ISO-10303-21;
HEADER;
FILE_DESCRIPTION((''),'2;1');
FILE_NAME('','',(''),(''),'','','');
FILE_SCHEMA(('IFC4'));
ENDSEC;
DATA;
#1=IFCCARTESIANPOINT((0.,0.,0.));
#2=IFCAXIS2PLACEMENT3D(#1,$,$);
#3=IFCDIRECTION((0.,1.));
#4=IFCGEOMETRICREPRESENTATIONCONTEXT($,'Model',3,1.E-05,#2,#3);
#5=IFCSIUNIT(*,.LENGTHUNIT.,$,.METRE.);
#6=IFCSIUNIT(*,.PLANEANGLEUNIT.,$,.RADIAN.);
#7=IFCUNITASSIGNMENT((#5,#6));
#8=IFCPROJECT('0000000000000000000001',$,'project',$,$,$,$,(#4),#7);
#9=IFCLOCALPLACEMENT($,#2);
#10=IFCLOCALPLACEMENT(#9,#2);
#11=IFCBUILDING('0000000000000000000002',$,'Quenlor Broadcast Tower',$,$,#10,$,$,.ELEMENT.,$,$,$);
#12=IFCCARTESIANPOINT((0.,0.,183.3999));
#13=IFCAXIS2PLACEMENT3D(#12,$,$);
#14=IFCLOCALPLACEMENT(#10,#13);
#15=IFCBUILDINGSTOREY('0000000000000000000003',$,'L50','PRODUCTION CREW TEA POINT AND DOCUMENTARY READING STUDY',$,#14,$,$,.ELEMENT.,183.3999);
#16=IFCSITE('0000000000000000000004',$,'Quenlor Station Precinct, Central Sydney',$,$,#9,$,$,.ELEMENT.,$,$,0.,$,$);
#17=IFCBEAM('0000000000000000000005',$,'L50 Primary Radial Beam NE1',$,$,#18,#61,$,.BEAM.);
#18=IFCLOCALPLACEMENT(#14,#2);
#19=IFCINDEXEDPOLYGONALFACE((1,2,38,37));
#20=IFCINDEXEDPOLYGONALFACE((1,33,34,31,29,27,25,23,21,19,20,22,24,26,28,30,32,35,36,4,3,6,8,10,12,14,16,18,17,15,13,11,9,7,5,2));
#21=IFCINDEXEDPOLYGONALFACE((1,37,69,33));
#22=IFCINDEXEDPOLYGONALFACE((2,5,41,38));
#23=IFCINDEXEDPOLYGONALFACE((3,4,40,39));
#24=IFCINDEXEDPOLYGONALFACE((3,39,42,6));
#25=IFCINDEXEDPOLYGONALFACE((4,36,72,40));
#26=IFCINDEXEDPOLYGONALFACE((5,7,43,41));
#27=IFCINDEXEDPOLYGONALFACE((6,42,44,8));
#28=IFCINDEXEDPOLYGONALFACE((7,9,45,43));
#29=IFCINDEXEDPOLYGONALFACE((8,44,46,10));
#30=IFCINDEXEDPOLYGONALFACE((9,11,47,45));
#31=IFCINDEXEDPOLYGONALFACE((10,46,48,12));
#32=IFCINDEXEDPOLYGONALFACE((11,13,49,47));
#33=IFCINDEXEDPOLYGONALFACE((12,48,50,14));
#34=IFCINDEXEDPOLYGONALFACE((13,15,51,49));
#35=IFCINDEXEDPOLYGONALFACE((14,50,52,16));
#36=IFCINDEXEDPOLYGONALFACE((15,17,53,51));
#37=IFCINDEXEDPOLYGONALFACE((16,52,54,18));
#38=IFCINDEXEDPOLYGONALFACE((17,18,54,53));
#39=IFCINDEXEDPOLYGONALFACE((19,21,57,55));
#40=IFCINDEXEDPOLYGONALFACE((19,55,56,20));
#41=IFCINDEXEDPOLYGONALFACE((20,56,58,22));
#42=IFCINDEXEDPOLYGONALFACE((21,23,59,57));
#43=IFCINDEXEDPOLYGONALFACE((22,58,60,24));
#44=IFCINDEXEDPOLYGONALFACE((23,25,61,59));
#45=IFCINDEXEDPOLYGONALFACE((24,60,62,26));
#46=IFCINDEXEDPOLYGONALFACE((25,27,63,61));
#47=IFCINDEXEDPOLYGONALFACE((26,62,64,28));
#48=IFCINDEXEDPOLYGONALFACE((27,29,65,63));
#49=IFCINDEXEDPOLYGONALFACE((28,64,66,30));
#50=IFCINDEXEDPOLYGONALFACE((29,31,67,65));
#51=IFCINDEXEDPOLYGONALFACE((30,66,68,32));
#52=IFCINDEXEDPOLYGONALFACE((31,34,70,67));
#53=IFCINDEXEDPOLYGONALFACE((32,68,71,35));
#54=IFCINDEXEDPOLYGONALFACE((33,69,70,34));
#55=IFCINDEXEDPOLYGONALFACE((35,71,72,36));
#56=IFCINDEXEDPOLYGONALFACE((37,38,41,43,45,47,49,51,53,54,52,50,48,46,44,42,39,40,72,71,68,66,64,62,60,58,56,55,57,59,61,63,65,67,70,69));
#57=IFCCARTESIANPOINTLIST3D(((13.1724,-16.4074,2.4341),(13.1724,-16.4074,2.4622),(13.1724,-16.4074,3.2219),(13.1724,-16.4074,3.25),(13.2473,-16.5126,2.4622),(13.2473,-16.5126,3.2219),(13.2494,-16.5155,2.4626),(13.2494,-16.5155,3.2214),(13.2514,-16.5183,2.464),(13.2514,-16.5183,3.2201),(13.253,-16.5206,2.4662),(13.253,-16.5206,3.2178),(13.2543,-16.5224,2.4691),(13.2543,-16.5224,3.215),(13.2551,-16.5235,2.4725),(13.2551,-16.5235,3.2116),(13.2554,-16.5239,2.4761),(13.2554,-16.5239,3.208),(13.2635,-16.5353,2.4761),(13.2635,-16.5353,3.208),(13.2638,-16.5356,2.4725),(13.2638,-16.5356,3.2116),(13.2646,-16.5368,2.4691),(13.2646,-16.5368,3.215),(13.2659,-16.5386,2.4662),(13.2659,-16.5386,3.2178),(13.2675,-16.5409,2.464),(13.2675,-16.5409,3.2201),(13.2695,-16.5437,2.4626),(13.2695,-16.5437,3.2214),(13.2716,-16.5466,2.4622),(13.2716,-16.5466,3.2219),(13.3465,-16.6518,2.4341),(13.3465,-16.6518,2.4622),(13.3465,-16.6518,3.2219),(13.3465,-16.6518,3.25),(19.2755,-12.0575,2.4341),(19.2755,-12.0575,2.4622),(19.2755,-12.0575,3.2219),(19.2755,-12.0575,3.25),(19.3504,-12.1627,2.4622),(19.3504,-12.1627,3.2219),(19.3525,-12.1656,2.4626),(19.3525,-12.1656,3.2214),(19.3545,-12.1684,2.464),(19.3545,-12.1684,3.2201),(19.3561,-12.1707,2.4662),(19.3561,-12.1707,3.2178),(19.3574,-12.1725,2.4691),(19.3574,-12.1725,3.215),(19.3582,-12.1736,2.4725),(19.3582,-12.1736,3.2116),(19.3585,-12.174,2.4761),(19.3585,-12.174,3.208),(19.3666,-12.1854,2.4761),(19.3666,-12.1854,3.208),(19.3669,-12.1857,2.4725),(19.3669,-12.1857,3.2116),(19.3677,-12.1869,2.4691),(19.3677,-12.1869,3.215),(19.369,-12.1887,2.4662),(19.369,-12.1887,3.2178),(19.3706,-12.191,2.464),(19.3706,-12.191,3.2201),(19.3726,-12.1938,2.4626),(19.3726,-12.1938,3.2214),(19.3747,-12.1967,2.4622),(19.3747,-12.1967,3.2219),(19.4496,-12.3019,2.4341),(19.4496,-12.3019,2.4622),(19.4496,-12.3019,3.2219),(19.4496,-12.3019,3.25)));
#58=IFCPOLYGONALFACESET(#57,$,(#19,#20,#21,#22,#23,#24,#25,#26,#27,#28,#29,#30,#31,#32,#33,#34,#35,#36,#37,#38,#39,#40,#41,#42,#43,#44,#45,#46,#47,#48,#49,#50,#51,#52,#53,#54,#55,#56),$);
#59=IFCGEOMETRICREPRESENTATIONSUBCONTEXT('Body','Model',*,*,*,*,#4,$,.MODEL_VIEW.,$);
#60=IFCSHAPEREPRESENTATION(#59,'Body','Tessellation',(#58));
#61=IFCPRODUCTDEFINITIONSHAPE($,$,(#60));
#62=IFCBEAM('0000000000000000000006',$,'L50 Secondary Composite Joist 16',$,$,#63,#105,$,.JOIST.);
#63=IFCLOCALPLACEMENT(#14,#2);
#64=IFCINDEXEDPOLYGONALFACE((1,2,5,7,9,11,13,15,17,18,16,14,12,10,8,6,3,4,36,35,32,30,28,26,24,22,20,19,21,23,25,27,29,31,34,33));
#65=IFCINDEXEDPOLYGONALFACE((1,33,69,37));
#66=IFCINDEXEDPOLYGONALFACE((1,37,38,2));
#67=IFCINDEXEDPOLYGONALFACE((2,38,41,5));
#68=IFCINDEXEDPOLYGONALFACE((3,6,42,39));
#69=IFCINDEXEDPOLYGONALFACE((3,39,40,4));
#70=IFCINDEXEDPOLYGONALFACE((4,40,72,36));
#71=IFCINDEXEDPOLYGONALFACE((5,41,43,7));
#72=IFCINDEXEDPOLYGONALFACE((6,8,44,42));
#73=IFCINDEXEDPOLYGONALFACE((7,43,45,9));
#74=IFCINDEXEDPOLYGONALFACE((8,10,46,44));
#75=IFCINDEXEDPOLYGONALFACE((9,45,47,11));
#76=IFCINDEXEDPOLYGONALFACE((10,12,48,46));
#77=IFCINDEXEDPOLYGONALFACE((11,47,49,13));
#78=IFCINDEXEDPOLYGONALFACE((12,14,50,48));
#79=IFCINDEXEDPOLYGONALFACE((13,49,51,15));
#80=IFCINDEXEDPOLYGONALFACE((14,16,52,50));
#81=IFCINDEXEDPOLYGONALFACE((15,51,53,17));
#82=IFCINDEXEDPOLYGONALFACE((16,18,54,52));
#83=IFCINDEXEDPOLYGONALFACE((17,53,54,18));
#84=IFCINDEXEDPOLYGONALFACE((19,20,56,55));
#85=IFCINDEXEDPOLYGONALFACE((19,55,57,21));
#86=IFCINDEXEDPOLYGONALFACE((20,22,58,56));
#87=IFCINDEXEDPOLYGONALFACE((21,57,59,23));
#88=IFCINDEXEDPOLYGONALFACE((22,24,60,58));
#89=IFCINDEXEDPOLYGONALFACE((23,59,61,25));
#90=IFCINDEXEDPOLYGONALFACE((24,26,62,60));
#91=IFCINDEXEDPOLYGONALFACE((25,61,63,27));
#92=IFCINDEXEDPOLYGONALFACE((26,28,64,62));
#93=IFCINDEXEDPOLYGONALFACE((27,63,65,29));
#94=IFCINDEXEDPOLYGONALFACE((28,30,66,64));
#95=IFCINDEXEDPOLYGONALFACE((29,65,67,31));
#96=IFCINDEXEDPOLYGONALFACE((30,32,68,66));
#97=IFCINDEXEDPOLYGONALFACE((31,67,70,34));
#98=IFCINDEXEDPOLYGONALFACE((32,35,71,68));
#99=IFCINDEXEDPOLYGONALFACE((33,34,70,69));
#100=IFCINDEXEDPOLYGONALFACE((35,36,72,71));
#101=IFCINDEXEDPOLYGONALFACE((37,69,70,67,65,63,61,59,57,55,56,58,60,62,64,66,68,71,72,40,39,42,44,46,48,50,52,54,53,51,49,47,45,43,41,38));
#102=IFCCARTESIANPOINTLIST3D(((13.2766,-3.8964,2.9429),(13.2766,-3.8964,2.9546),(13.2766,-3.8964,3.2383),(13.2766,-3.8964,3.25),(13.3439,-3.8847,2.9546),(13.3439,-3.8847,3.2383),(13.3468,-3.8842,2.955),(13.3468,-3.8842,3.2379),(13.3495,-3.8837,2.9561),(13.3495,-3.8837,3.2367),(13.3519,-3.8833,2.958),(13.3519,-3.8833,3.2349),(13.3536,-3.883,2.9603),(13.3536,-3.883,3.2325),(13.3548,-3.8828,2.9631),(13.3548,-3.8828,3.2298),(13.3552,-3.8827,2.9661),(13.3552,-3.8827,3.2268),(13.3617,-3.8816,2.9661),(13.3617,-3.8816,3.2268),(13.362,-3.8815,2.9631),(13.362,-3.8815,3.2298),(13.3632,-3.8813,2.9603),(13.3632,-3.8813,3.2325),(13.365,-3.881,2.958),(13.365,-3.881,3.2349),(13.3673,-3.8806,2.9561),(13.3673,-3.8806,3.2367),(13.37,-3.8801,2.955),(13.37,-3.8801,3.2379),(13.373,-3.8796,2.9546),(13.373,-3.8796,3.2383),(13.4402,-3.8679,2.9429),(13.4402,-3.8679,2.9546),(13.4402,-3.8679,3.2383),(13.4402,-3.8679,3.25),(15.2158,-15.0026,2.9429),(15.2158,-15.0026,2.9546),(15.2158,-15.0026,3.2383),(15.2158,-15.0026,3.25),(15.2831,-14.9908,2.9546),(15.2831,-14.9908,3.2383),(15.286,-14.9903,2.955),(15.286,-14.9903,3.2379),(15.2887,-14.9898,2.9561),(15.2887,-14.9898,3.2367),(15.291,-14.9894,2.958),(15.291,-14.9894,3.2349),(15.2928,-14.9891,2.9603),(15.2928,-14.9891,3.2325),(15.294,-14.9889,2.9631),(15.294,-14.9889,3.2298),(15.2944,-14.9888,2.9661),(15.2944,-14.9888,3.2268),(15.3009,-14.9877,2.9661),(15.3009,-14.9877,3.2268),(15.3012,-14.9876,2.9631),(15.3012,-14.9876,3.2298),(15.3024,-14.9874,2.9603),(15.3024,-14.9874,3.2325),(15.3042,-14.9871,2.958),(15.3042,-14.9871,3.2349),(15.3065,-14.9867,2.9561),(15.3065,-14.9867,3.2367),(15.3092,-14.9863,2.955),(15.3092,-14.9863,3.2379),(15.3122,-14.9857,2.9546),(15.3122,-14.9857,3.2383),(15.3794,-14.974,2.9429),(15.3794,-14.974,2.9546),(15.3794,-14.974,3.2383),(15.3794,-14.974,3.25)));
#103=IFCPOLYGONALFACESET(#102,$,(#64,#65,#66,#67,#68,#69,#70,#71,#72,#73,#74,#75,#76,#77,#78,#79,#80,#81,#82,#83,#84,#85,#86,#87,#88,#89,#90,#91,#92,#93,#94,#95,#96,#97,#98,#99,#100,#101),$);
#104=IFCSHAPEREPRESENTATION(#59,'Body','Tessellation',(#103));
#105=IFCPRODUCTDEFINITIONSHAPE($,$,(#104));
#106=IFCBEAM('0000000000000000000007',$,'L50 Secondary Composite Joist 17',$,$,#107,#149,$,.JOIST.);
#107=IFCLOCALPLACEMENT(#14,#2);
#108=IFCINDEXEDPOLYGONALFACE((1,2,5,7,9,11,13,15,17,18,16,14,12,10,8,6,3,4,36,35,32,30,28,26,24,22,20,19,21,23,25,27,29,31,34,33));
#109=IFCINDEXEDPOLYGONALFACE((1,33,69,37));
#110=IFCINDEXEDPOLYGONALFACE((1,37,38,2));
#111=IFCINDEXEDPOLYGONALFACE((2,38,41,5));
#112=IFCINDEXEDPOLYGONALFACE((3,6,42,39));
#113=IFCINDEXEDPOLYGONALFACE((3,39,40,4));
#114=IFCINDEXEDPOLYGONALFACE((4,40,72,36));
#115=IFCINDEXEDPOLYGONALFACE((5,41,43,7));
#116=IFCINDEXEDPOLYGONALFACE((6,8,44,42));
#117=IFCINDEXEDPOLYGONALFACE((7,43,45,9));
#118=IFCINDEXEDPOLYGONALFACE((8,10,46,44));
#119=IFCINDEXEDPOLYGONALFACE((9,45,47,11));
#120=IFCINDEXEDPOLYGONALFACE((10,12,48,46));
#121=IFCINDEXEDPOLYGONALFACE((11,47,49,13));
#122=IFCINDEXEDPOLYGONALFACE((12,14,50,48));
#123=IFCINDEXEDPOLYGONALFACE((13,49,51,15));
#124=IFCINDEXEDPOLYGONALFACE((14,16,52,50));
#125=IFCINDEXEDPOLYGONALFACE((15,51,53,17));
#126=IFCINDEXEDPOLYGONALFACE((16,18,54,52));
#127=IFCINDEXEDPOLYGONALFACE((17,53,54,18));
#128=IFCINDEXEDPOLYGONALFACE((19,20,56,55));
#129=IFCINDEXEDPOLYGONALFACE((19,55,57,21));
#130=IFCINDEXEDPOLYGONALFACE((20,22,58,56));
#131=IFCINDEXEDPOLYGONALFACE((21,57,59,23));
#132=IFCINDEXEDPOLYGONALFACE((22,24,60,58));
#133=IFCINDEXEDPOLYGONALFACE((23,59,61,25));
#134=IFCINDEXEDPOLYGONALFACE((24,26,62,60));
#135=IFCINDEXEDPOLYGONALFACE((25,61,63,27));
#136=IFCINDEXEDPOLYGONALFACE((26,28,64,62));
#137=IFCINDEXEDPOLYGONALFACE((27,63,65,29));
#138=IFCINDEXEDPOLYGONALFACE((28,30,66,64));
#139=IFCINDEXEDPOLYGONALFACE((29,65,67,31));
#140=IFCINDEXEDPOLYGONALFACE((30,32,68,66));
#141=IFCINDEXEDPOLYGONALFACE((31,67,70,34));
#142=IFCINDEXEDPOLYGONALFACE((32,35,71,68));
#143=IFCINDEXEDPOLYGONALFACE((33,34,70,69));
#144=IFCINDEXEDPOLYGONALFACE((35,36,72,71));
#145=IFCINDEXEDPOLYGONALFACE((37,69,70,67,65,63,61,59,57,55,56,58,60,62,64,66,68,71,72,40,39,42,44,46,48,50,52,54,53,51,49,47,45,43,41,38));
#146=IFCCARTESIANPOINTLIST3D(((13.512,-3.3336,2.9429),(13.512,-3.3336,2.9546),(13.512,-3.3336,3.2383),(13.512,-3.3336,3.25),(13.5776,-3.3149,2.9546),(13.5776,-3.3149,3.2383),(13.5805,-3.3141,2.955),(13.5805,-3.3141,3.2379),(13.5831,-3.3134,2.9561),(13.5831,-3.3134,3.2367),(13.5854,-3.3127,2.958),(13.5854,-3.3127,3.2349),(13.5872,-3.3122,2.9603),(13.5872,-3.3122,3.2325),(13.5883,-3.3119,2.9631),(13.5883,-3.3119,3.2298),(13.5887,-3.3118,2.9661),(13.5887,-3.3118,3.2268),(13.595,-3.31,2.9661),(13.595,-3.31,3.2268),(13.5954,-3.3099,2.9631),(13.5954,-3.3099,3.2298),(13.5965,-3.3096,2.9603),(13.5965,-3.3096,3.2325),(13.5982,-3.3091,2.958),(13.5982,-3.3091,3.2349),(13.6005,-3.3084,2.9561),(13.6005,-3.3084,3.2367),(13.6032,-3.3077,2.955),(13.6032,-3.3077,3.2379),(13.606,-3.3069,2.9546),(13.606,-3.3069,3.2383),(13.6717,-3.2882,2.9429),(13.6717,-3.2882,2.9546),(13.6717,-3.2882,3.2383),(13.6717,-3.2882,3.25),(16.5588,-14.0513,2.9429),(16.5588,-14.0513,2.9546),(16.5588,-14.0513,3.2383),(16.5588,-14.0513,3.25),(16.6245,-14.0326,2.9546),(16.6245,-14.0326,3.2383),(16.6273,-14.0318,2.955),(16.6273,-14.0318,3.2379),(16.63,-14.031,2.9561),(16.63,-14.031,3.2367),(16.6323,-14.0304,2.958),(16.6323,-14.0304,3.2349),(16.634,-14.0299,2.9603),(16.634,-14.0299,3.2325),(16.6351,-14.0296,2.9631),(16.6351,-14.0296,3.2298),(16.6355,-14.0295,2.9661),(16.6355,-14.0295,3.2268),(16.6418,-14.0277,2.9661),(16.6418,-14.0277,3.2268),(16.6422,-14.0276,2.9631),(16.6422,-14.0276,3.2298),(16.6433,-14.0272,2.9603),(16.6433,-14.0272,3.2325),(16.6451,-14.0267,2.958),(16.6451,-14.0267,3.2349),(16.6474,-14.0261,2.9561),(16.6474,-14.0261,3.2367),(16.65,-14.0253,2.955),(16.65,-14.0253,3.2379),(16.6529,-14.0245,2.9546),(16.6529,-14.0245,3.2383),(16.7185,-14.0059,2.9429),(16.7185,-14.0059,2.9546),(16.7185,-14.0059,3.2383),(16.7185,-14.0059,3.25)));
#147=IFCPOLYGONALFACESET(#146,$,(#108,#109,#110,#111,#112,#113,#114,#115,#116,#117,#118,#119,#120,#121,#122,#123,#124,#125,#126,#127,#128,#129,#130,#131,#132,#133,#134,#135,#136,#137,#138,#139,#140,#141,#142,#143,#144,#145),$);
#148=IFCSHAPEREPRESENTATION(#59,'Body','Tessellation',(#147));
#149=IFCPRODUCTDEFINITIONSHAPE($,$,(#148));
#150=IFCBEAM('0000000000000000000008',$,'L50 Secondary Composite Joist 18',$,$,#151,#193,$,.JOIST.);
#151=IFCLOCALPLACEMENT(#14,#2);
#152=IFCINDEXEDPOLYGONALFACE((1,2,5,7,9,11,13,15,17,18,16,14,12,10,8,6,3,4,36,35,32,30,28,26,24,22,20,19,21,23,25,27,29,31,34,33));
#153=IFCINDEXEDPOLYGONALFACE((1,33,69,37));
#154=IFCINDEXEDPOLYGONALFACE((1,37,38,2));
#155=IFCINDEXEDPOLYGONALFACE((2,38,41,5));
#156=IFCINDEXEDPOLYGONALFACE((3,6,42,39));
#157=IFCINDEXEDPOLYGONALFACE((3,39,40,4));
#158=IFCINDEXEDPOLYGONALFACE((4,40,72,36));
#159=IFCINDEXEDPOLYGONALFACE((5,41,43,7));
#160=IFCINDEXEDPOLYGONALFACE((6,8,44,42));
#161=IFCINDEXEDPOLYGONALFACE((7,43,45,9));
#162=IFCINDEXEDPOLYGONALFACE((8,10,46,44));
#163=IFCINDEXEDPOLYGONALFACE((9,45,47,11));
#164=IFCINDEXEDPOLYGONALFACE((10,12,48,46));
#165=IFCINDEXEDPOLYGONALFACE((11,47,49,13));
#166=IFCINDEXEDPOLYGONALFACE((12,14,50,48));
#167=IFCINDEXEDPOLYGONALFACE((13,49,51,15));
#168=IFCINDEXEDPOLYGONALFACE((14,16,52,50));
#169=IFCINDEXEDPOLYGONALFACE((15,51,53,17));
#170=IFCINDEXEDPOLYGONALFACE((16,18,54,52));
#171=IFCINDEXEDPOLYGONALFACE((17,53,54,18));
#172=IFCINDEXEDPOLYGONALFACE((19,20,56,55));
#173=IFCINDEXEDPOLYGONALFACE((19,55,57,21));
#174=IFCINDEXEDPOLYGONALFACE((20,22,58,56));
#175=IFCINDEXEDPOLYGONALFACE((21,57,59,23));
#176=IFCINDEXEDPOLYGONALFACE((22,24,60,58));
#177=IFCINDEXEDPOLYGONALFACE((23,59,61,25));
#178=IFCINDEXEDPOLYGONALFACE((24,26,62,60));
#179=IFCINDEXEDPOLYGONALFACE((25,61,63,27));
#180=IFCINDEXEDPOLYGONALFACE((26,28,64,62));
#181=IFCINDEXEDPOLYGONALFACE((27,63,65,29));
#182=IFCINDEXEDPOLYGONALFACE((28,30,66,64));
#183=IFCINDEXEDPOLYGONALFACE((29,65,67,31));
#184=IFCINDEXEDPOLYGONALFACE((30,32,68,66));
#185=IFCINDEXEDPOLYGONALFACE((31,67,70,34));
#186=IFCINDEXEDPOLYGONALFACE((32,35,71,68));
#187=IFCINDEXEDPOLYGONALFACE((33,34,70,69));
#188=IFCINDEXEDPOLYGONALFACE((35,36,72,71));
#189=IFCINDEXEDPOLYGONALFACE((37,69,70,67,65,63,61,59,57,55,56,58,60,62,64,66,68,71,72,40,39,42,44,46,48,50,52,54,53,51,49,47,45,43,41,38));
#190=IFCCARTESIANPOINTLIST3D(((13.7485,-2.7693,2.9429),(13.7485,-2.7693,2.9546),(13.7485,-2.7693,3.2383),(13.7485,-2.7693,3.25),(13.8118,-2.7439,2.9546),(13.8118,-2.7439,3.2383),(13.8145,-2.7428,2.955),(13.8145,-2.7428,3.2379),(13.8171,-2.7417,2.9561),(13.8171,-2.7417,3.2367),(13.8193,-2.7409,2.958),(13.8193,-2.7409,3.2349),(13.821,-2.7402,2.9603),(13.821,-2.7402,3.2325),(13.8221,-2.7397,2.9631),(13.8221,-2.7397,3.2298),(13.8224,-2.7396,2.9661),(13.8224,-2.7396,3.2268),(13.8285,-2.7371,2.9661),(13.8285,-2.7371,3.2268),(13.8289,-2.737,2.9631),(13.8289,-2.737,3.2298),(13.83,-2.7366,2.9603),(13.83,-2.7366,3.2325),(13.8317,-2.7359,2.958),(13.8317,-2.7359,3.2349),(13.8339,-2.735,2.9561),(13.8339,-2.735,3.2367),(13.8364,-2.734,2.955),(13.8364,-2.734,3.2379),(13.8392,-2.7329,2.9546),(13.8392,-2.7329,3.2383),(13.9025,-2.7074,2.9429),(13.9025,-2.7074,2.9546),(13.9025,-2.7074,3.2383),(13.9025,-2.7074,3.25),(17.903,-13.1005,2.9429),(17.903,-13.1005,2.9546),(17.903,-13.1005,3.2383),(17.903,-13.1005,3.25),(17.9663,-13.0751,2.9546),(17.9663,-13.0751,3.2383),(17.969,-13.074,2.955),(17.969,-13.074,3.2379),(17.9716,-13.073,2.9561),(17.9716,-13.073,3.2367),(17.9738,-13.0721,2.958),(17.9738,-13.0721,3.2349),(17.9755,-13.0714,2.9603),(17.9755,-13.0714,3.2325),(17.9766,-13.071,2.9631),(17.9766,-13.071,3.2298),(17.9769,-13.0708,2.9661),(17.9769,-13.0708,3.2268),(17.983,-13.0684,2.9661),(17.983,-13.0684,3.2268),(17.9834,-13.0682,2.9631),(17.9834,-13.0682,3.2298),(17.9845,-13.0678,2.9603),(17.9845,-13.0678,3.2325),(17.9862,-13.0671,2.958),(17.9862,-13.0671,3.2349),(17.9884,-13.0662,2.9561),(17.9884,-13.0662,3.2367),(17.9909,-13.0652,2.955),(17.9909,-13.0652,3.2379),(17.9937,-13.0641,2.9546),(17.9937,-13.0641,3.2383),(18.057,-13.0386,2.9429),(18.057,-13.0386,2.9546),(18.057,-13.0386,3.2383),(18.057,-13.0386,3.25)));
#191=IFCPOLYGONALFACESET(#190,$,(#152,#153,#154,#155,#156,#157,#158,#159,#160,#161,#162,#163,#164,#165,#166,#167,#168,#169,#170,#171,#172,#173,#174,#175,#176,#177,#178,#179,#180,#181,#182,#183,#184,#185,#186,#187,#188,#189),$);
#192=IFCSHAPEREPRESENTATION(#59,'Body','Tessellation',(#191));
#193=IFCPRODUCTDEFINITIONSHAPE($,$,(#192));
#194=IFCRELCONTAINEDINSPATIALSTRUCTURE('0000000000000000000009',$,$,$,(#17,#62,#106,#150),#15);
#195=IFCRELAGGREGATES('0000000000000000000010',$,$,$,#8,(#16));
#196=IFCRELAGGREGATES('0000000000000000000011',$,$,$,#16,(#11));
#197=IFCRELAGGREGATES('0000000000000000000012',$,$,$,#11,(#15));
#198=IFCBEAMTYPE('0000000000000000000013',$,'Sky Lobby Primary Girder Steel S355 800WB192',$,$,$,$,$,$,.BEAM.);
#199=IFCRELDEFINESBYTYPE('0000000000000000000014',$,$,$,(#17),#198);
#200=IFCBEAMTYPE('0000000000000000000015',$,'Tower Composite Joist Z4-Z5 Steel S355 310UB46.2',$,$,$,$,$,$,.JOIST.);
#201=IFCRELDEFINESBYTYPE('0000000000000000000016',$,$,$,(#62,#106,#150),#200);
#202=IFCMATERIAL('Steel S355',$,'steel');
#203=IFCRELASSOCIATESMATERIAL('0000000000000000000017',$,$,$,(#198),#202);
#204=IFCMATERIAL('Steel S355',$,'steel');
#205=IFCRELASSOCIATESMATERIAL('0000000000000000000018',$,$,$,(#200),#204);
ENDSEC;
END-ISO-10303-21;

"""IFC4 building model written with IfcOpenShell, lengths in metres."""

from ifc_helpers import new_model, si_unit, direction, frame, origin, origin_2d, place, context, subcontext, project, spatial, i_section, extrude, material, material_profile, profile_set, type_object, element, save


model = new_model("IFC4")

# Units and contexts
model_context = context("Model", 3, precision=1e-05, world=origin(), true_north=direction((0.0, 1.0)))
body_context = subcontext(model_context, "Body", "Model", "MODEL_VIEW")
ifc_project = project(units=[si_unit("LENGTHUNIT", "METRE"), si_unit("PLANEANGLEUNIT", "RADIAN")], contexts=[model_context])

# Site, building, storey
site_placement = place(None, origin())
site = spatial("IfcSite", under=ifc_project, at=site_placement, Name="Quenlor Station Precinct, Central Sydney", CompositionType="ELEMENT", RefElevation=0.0)
building_placement = place(site_placement, origin())
building = spatial("IfcBuilding", under=site, at=building_placement, Name="Quenlor Broadcast Tower", CompositionType="ELEMENT")
storey_placement = place(building_placement, frame((0.0, 0.0, 183.3999)))
storey = spatial("IfcBuildingStorey", under=building, at=storey_placement, Name="L50", Description="PRODUCTION CREW TEA POINT AND DOCUMENTARY READING STUDY", CompositionType="ELEMENT", Elevation=183.3999)

# Beams
ifc_material_1 = material(Name="Steel S355", Category="steel")
ifc_material_profile_1 = material_profile(ifc_material_1, i_section(OverallWidth=0.3, OverallDepth=0.8159, WebThickness=0.0139, FlangeThickness=0.0281, FilletRadius=0.0139, at=origin_2d()))
ifc_profile_set_1 = profile_set([ifc_material_profile_1], Name="Steel S355 800WB192")
beam_type_1 = type_object("IfcBeamType", Name="Sky Lobby Primary Girder Steel S355 800WB192", PredefinedType="BEAM", material=ifc_profile_set_1)
beam_1_placement = place(storey_placement, frame((19.3625, -12.1797, 2.842), z_axis=(-0.81433, -0.580403, 0.0), x_axis=(0.580403, -0.81433, 0.0)))
element("IfcBeam", 1, at=beam_1_placement, inside=storey, type_object=beam_type_1, Name="L50 Primary Radial Beam NE1", PredefinedType="BEAM", context=body_context, shape_type="SweptSolid", body=[
    extrude(i_section(OverallWidth=0.3, OverallDepth=0.8159, WebThickness=0.0139, FlangeThickness=0.0281, FilletRadius=0.0139, at=origin_2d()), origin(), (0.0, 0.0, 1.0), 7.4946),
])
ifc_material_2 = material(Name="Steel S355", Category="steel")
ifc_material_profile_2 = material_profile(ifc_material_2, i_section(OverallWidth=0.166, OverallDepth=0.3071, WebThickness=0.0066, FlangeThickness=0.0117, FilletRadius=0.0115, at=origin_2d()))
ifc_profile_set_2 = profile_set([ifc_material_profile_2], Name="Steel S355 310UB46.2")
beam_type_2 = type_object("IfcBeamType", Name="Tower Composite Joist Z4-Z5 Steel S355 310UB46.2", PredefinedType="JOIST", material=ifc_profile_set_2)
beam_2_placement = place(storey_placement, frame((15.2976, -14.9883, 3.0964), z_axis=(-0.172004, 0.985096, 0.0), x_axis=(-0.985096, -0.172004, 0.0)))
element("IfcBeam", 2, at=beam_2_placement, inside=storey, type_object=beam_type_2, Name="L50 Secondary Composite Joist 16", PredefinedType="JOIST", context=body_context, shape_type="SweptSolid", body=[
    extrude(i_section(OverallWidth=0.166, OverallDepth=0.3071, WebThickness=0.0066, FlangeThickness=0.0117, FilletRadius=0.0115, at=origin_2d()), origin(), (0.0, 0.0, 1.0), 11.2742),
])
beam_3_placement = place(storey_placement, frame((16.6387, -14.0286, 3.0964), z_axis=(-0.273448, 0.961887, 0.0), x_axis=(-0.961887, -0.273448, 0.0)))
element("IfcBeam", 3, at=beam_3_placement, inside=storey, type_object=beam_type_2, Name="L50 Secondary Composite Joist 17", PredefinedType="JOIST", context=body_context, shape_type="SweptSolid", body=[
    extrude(i_section(OverallWidth=0.166, OverallDepth=0.3071, WebThickness=0.0066, FlangeThickness=0.0117, FilletRadius=0.0115, at=origin_2d()), origin(), (0.0, 0.0, 1.0), 11.1423),
])
beam_4_placement = place(storey_placement, frame((17.98, -13.0696, 3.0964), z_axis=(-0.373095, 0.927793, 0.0), x_axis=(-0.927793, -0.373095, 0.0)))
element("IfcBeam", 4, at=beam_4_placement, inside=storey, type_object=beam_type_2, Name="L50 Secondary Composite Joist 18", PredefinedType="JOIST", context=body_context, shape_type="SweptSolid", body=[
    extrude(i_section(OverallWidth=0.166, OverallDepth=0.3071, WebThickness=0.0066, FlangeThickness=0.0117, FilletRadius=0.0115, at=origin_2d()), origin(), (0.0, 0.0, 1.0), 11.1353),
])

save(model, "model.ifc")
